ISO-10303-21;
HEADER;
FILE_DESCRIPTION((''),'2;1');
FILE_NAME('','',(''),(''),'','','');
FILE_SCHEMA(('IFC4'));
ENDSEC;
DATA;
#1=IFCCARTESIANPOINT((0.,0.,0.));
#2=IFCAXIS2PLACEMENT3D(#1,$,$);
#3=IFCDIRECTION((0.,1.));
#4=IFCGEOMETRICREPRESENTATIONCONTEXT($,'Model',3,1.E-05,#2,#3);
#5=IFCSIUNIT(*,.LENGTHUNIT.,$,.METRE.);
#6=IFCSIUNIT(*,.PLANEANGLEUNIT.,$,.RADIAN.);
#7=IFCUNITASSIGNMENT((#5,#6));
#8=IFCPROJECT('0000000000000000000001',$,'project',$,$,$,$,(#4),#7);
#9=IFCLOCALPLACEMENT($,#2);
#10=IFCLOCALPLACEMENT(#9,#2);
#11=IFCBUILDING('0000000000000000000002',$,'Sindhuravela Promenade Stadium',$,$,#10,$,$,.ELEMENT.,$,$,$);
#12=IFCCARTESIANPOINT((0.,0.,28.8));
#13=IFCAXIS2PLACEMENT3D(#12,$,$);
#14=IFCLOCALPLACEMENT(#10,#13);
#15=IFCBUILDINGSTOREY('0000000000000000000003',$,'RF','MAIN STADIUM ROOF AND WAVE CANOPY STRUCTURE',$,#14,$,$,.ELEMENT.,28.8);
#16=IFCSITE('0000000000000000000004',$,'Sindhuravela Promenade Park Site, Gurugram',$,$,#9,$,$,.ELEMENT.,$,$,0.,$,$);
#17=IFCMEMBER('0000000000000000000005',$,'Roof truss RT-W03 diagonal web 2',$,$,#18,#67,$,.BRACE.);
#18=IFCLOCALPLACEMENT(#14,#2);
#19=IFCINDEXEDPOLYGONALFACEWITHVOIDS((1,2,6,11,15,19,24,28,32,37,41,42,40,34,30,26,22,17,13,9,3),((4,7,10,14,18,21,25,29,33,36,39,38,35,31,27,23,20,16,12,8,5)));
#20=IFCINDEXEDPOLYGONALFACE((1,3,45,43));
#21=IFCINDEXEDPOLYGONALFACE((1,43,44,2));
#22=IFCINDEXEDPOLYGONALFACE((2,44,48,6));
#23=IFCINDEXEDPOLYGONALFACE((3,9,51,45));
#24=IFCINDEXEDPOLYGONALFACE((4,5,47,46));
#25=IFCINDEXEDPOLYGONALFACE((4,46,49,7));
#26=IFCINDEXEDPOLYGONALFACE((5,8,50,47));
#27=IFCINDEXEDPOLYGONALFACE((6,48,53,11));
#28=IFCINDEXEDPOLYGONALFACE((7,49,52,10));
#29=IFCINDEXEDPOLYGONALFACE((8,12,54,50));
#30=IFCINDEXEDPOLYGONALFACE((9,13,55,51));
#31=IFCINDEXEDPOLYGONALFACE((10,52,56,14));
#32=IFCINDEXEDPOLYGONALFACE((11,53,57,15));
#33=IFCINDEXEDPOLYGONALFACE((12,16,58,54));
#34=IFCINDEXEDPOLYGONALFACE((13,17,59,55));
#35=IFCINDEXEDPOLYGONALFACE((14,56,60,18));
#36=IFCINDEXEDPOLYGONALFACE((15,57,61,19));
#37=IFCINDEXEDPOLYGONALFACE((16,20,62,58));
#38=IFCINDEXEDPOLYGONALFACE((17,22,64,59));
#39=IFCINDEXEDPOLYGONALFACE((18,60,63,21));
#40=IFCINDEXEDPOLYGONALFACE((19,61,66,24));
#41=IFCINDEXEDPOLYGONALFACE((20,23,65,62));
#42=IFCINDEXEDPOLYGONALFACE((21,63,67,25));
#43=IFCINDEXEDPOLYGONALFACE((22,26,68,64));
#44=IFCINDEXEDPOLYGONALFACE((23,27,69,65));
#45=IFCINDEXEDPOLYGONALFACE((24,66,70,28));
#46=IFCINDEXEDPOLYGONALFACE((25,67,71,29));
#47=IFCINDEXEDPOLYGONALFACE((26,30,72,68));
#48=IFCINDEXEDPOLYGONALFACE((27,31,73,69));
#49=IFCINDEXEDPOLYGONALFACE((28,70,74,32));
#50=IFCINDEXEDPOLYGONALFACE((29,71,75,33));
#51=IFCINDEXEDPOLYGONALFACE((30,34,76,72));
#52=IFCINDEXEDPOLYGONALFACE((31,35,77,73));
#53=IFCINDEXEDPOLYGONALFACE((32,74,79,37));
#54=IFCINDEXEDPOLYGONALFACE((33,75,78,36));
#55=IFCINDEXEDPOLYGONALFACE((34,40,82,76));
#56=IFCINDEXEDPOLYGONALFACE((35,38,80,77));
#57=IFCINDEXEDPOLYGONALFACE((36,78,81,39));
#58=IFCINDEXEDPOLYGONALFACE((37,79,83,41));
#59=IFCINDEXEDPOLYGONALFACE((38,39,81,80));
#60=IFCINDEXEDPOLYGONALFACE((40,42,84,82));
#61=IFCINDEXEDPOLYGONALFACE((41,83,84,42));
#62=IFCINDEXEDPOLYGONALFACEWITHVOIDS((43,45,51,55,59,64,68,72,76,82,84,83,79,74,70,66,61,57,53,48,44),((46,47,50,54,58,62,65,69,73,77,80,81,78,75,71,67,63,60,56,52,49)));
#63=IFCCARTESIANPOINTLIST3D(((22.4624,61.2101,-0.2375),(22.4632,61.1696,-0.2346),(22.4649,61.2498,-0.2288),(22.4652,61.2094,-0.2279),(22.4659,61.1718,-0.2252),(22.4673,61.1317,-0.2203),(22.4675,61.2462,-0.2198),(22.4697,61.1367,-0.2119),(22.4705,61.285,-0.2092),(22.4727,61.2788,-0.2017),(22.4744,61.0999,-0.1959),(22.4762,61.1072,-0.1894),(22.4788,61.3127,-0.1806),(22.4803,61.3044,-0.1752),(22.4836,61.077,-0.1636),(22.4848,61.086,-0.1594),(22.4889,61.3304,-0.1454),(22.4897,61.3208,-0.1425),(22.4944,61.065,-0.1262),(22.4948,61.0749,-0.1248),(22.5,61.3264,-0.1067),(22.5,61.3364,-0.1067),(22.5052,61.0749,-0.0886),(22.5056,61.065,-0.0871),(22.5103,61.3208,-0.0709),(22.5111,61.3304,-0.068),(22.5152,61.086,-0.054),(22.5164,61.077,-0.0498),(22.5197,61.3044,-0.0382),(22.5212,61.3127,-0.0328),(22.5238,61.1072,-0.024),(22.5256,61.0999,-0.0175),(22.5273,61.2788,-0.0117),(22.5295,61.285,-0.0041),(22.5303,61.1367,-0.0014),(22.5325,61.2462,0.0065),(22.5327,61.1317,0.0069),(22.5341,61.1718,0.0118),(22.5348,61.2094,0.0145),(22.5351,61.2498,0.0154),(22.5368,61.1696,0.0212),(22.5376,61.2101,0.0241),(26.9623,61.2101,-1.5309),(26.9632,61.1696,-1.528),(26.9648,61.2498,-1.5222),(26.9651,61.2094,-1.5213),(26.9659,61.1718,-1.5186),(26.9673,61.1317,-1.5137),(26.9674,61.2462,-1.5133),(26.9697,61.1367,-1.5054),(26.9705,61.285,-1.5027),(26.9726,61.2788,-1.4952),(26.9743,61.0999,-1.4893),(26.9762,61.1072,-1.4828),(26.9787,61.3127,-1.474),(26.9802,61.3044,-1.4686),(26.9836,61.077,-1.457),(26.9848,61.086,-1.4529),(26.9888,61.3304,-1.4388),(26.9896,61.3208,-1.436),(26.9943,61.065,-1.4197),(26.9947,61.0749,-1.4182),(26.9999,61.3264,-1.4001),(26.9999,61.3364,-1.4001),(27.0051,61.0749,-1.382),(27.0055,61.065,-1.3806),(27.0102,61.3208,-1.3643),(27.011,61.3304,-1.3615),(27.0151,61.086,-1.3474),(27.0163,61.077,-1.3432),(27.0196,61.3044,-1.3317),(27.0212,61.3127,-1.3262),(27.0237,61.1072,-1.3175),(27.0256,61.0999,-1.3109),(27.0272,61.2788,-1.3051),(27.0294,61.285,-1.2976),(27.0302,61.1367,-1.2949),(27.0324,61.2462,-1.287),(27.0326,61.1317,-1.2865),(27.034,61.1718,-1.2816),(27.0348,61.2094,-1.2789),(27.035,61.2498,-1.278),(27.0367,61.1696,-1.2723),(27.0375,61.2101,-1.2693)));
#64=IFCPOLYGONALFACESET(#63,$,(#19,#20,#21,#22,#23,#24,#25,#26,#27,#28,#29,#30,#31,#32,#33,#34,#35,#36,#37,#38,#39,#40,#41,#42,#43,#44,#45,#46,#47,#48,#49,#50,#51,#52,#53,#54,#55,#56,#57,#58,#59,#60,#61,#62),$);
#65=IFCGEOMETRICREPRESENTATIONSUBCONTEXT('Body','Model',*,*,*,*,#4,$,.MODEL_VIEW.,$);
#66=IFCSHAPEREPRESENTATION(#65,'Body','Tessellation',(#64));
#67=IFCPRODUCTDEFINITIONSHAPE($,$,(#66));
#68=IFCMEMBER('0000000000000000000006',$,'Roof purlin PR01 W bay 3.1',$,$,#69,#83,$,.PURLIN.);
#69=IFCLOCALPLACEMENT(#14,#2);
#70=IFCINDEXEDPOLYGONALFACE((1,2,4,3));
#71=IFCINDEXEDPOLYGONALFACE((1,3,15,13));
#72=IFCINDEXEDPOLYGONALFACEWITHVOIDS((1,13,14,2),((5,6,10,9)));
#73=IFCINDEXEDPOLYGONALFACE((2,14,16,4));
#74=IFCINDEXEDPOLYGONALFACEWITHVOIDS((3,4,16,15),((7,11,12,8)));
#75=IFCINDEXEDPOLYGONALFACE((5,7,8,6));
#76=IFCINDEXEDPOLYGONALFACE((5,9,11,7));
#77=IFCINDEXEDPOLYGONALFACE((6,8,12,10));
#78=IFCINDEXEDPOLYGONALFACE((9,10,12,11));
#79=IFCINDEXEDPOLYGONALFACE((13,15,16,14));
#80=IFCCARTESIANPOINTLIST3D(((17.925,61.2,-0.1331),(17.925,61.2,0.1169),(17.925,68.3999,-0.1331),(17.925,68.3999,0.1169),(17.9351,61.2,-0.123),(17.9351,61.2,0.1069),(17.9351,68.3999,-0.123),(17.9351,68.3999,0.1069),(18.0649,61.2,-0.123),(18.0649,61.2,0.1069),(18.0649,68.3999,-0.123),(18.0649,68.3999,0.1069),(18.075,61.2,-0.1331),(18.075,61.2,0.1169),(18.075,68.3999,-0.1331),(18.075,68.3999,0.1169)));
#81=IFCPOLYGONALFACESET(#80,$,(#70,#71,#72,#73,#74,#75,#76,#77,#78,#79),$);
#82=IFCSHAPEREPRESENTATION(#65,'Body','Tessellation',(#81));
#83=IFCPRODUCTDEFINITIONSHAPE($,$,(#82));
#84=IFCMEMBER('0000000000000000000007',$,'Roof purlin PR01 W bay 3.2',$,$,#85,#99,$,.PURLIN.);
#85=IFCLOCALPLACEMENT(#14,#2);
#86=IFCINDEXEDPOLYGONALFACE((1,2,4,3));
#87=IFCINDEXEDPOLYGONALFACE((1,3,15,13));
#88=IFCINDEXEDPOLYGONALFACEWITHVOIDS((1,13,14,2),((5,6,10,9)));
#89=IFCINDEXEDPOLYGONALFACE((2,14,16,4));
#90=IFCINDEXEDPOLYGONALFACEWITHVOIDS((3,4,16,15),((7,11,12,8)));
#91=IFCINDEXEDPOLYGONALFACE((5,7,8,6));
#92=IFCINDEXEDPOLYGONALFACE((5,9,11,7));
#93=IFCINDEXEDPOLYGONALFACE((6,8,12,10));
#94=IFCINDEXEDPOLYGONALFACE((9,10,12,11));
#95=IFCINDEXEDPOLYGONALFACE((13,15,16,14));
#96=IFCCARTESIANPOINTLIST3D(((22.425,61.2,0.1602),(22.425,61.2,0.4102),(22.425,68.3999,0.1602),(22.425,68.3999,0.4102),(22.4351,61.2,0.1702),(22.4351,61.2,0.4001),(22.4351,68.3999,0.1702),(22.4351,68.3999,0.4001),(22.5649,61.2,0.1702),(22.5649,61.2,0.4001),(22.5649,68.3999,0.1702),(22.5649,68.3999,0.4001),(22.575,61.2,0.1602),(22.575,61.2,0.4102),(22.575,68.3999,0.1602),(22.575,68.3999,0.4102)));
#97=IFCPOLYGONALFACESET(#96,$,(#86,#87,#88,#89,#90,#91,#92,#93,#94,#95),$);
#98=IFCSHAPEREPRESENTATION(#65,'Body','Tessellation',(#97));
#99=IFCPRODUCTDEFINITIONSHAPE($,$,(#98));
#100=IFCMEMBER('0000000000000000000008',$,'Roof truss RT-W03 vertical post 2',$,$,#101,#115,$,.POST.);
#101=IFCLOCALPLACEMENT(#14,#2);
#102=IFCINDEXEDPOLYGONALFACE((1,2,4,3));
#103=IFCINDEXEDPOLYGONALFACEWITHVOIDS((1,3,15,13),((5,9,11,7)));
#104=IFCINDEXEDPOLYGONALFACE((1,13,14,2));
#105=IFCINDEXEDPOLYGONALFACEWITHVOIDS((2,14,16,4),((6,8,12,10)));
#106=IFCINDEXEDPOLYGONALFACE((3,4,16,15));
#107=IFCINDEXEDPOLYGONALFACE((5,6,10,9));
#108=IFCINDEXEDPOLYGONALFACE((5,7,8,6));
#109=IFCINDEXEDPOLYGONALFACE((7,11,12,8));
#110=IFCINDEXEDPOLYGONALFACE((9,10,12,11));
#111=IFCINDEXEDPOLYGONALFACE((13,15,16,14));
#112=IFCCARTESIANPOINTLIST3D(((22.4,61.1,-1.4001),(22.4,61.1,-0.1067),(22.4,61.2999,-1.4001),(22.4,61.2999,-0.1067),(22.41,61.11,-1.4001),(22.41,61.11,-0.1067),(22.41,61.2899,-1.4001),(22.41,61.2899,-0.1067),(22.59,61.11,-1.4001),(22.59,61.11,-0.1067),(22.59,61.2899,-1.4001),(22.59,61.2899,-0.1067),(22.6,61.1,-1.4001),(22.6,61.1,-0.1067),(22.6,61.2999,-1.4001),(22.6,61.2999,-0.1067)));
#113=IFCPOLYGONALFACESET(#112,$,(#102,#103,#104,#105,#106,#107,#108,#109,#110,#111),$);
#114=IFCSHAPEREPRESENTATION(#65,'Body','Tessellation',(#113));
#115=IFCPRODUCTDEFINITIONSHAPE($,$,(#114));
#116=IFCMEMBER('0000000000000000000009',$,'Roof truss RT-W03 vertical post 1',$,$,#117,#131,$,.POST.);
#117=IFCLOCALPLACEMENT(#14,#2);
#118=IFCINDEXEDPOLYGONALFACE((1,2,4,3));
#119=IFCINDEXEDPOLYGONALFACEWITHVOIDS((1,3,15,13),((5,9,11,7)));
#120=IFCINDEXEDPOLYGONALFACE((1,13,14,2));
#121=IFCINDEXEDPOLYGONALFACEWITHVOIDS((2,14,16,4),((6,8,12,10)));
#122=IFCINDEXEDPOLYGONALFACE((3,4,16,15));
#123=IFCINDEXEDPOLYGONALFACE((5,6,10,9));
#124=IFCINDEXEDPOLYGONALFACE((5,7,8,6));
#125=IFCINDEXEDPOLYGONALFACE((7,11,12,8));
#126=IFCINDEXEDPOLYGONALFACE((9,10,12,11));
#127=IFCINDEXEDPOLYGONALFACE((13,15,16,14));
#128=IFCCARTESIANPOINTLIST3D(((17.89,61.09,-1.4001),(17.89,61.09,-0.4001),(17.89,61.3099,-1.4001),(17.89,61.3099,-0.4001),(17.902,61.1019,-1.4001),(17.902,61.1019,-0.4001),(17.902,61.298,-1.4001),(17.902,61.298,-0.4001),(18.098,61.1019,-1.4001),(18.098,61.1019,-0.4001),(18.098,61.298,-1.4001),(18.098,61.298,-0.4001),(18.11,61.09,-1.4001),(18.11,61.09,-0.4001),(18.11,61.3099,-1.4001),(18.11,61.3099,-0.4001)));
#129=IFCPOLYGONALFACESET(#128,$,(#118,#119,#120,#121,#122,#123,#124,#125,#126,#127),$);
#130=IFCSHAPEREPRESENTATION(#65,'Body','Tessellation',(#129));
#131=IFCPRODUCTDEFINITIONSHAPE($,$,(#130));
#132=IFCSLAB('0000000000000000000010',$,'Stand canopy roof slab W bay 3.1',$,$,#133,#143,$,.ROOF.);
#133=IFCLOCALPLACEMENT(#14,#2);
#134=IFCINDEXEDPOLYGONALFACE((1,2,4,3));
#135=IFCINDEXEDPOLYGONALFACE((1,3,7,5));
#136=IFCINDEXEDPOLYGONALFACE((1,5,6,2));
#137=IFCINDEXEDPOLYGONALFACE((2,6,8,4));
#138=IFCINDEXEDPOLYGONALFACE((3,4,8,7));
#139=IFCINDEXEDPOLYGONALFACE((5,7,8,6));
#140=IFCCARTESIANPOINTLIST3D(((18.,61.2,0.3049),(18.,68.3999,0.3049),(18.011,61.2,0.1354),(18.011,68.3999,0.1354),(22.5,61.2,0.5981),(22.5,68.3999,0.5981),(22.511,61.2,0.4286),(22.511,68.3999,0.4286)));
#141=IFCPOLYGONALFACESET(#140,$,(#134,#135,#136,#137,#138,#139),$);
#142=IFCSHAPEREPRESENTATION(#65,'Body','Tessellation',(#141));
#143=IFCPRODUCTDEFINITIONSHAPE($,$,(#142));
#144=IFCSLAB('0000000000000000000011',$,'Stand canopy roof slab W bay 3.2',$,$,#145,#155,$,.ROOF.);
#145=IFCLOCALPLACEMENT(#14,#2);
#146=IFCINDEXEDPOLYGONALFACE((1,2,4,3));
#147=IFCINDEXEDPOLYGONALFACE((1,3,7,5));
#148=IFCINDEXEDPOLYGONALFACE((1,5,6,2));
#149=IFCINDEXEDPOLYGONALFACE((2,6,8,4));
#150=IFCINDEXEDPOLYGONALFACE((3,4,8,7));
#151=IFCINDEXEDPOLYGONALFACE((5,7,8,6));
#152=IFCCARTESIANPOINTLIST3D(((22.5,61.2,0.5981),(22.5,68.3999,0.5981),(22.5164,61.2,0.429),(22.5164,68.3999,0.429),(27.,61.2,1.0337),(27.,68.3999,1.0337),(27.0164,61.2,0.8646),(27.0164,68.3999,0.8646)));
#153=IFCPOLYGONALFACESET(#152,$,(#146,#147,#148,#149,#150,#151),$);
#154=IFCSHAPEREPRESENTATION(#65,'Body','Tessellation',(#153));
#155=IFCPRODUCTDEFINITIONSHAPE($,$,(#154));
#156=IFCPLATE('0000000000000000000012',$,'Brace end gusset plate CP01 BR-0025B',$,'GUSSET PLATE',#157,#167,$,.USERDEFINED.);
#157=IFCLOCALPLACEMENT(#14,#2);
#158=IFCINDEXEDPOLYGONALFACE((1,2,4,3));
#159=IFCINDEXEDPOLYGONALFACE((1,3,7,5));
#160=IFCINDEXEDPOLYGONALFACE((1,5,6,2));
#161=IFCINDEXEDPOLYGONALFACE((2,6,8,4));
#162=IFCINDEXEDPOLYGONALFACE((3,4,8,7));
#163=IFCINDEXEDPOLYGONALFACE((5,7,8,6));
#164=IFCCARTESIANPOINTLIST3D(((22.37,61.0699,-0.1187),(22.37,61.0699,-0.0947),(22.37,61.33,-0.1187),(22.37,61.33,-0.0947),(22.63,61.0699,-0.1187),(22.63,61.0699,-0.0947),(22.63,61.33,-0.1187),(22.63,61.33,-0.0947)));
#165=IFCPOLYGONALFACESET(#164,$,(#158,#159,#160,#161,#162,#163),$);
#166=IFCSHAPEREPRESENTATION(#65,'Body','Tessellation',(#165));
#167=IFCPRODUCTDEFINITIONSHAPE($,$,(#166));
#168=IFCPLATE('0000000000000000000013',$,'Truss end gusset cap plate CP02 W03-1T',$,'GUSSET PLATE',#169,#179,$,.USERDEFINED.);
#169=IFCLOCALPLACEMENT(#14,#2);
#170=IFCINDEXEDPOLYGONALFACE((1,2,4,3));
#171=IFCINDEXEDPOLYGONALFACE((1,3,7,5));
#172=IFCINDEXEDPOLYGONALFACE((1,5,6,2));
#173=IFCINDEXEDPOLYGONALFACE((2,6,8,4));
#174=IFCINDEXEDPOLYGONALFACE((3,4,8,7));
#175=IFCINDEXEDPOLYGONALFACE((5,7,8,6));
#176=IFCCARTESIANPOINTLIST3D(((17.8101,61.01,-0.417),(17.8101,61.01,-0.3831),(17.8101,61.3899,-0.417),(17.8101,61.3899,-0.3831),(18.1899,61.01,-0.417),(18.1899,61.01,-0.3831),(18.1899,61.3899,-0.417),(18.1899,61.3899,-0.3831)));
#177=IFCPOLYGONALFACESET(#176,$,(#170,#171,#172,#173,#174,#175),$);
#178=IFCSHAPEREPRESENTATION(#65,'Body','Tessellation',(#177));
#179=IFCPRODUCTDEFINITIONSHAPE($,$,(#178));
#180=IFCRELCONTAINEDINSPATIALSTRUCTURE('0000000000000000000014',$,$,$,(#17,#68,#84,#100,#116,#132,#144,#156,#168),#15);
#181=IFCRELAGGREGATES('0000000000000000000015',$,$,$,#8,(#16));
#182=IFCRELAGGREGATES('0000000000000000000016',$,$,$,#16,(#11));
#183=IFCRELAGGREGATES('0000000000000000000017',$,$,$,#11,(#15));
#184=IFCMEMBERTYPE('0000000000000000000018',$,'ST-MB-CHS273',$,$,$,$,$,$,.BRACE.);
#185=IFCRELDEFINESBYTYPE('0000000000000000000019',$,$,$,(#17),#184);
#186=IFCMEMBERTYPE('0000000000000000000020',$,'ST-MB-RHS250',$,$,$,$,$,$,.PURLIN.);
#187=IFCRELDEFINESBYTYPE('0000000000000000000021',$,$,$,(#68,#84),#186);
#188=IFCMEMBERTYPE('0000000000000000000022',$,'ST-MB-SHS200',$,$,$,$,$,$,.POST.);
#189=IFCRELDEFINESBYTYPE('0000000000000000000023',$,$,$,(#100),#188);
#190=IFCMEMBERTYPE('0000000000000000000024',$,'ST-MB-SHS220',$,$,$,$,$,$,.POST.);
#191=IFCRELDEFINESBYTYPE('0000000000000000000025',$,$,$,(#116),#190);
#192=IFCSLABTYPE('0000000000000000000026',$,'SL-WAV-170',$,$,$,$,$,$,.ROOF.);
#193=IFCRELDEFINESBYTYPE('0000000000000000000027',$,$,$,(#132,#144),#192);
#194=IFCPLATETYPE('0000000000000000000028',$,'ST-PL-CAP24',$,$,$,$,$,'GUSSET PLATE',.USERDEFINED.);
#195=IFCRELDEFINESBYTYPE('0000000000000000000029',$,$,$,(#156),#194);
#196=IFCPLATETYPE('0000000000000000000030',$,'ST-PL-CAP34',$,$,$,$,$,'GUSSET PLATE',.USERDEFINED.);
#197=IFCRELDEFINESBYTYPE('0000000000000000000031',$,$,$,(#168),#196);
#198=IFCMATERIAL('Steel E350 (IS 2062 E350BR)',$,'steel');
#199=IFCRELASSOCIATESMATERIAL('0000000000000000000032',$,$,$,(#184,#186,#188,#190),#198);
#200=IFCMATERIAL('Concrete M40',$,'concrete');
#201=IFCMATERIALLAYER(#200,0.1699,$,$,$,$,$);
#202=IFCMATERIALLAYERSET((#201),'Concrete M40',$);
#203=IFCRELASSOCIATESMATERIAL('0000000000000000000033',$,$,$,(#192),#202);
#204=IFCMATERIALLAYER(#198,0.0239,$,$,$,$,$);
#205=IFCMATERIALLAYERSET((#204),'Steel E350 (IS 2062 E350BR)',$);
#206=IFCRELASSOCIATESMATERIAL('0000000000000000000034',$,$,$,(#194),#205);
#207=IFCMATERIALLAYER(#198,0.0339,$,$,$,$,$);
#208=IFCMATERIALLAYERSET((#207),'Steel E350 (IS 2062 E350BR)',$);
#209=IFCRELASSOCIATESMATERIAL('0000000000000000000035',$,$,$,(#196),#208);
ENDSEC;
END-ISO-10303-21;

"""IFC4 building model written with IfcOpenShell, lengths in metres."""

from ifc_helpers import new_model, si_unit, direction, frame, origin, origin_2d, place, context, subcontext, project, spatial, polyline, rectangle, hollow_rectangle, hollow_circle, outline, extrude, material, layer, layer_set, material_profile, profile_set, type_object, element, save


model = new_model("IFC4")

# Units and contexts
model_context = context("Model", 3, precision=1e-05, world=origin(), true_north=direction((0.0, 1.0)))
body_context = subcontext(model_context, "Body", "Model", "MODEL_VIEW")
ifc_project = project(units=[si_unit("LENGTHUNIT", "METRE"), si_unit("PLANEANGLEUNIT", "RADIAN")], contexts=[model_context])

# Site, building, storey
site_placement = place(None, origin())
site = spatial("IfcSite", under=ifc_project, at=site_placement, Name="Sindhuravela Promenade Park Site, Gurugram", CompositionType="ELEMENT", RefElevation=0.0)
building_placement = place(site_placement, origin())
building = spatial("IfcBuilding", under=site, at=building_placement, Name="Sindhuravela Promenade Stadium", CompositionType="ELEMENT")
storey_placement = place(building_placement, frame((0.0, 0.0, 28.8)))
storey = spatial("IfcBuildingStorey", under=building, at=storey_placement, Name="RF", Description="MAIN STADIUM ROOF AND WAVE CANOPY STRUCTURE", CompositionType="ELEMENT", Elevation=28.8)

# Shared definitions
ifc_material_1 = material(Name="Concrete M40", Category="concrete")
ifc_material_2 = material(Name="Steel E350 (IS 2062 E350BR)", Category="steel")

# Members
ifc_material_profile_1 = material_profile(ifc_material_2, hollow_circle(Radius=0.1365, WallThickness=0.01, at=origin_2d()), Name="CHS 273.0x10")
ifc_profile_set_1 = profile_set([ifc_material_profile_1], Name="Steel E350 (IS 2062 E350BR)")
member_type_1 = type_object("IfcMemberType", Name="ST-MB-CHS273", PredefinedType="BRACE", material=ifc_profile_set_1)
for number, where, z_axis, x_axis, name in (
    (1, (22.5, 61.2, -0.1067), (0.961086, 0.0, -0.27625), (0.0, 1.0, 0.0), "Roof truss RT-W03 diagonal web 2"),
):
    element("IfcMember", number, at=place(storey_placement, frame(where, z_axis=z_axis, x_axis=x_axis)), inside=storey, type_object=member_type_1, Name=name, PredefinedType="BRACE", context=body_context, shape_type="SweptSolid", body=[
        extrude(hollow_circle(Radius=0.1365, WallThickness=0.01, at=origin_2d()), origin(), (0.0, 0.0, 1.0), 4.6821),
    ])
ifc_material_profile_2 = material_profile(ifc_material_2, hollow_rectangle(XDim=0.1499, YDim=0.25, WallThickness=0.01, at=origin_2d()), Name="RHS 250x150x10")
ifc_profile_set_2 = profile_set([ifc_material_profile_2], Name="Steel E350 (IS 2062 E350BR)")
member_type_2 = type_object("IfcMemberType", Name="ST-MB-RHS250", PredefinedType="PURLIN", material=ifc_profile_set_2)
for number, where, z_axis, x_axis, name in (
    (2, (18.0, 61.2, -0.0081), (0.0, 1.0, 0.0), (-1.0, 0.0, 0.0), "Roof purlin PR01 W bay 3.1"),
    (3, (22.5, 61.2, 0.2852), (0.0, 1.0, 0.0), (-1.0, 0.0, 0.0), "Roof purlin PR01 W bay 3.2"),
):
    element("IfcMember", number, at=place(storey_placement, frame(where, z_axis=z_axis, x_axis=x_axis)), inside=storey, type_object=member_type_2, Name=name, PredefinedType="PURLIN", context=body_context, shape_type="SweptSolid", body=[
        extrude(hollow_rectangle(XDim=0.1499, YDim=0.25, WallThickness=0.01, at=origin_2d()), origin(), (0.0, 0.0, 1.0), 7.2),
    ])
ifc_material_profile_3 = material_profile(ifc_material_2, hollow_rectangle(XDim=0.2, YDim=0.2, WallThickness=0.01, at=origin_2d()), Name="SHS 200x200x10")
ifc_profile_set_3 = profile_set([ifc_material_profile_3], Name="Steel E350 (IS 2062 E350BR)")
member_type_3 = type_object("IfcMemberType", Name="ST-MB-SHS200", PredefinedType="POST", material=ifc_profile_set_3)
member_1_placement = place(storey_placement, frame((22.5, 61.2, -1.4001), z_axis=(0.0, 0.0, 1.0), x_axis=(1.0, 0.0, 0.0)))
element("IfcMember", 4, at=member_1_placement, inside=storey, type_object=member_type_3, Name="Roof truss RT-W03 vertical post 2", PredefinedType="POST", context=body_context, shape_type="SweptSolid", body=[
    extrude(hollow_rectangle(XDim=0.2, YDim=0.2, WallThickness=0.01, at=origin_2d()), origin(), (0.0, 0.0, 1.0), 1.2935),
])
ifc_material_profile_4 = material_profile(ifc_material_2, hollow_rectangle(XDim=0.22, YDim=0.22, WallThickness=0.012, at=origin_2d()), Name="SHS 220x220x12")
ifc_profile_set_4 = profile_set([ifc_material_profile_4], Name="Steel E350 (IS 2062 E350BR)")
member_type_4 = type_object("IfcMemberType", Name="ST-MB-SHS220", PredefinedType="POST", material=ifc_profile_set_4)
member_2_placement = place(storey_placement, frame((18.0, 61.2, -1.4001), z_axis=(0.0, 0.0, 1.0), x_axis=(1.0, 0.0, 0.0)))
element("IfcMember", 5, at=member_2_placement, inside=storey, type_object=member_type_4, Name="Roof truss RT-W03 vertical post 1", PredefinedType="POST", context=body_context, shape_type="SweptSolid", body=[
    extrude(hollow_rectangle(XDim=0.22, YDim=0.22, WallThickness=0.012, at=origin_2d()), origin(), (0.0, 0.0, 1.0), 1.0),
])

# Slabs
ifc_layer_1 = layer(ifc_material_1, 0.1699)
ifc_layer_set_1 = layer_set([ifc_layer_1], Name="Concrete M40")
slab_type = type_object("IfcSlabType", Name="SL-WAV-170", PredefinedType="ROOF", material=ifc_layer_set_1)
slab_1_placement = place(storey_placement, frame((18.0, 61.2, 0.3049), z_axis=(-0.065021, 0.0, 0.997884), x_axis=(0.0, 1.0, 0.0)))
element("IfcSlab", 6, at=slab_1_placement, inside=storey, type_object=slab_type, Name="Stand canopy roof slab W bay 3.1", PredefinedType="ROOF", context=body_context, shape_type="SweptSolid", body=[
    extrude(outline(polyline([(0.0, 0.0), (0.0, -4.5095), (7.2, -4.5095), (7.2, 0.0), (0.0, 0.0)])), origin(), (0.0, 0.0, -1.0), 0.1699),
])
slab_2_placement = place(storey_placement, frame((22.5, 61.2, 0.5981), z_axis=(-0.096338, 0.0, 0.995349), x_axis=(0.0, 1.0, 0.0)))
element("IfcSlab", 7, at=slab_2_placement, inside=storey, type_object=slab_type, Name="Stand canopy roof slab W bay 3.2", PredefinedType="ROOF", context=body_context, shape_type="SweptSolid", body=[
    extrude(outline(polyline([(0.0, 0.0), (0.0, -4.521), (7.2, -4.521), (7.2, 0.0), (0.0, 0.0)])), origin(), (0.0, 0.0, -1.0), 0.1699),
])

# Plates
ifc_layer_2 = layer(ifc_material_2, 0.0239)
ifc_layer_set_2 = layer_set([ifc_layer_2], Name="Steel E350 (IS 2062 E350BR)")
plate_type_1 = type_object("IfcPlateType", Name="ST-PL-CAP24", ElementType="GUSSET PLATE", PredefinedType="USERDEFINED", material=ifc_layer_set_2)
plate_placement = place(storey_placement, frame((22.5, 61.2, -0.1187), z_axis=(0.0, 0.0, 1.0), x_axis=(1.0, 0.0, 0.0)))
element("IfcPlate", 8, at=plate_placement, inside=storey, type_object=plate_type_1, Name="Brace end gusset plate CP01 BR-0025B", ObjectType="GUSSET PLATE", PredefinedType="USERDEFINED", context=body_context, shape_type="SweptSolid", body=[
    extrude(rectangle(XDim=0.26, YDim=0.26, at=origin_2d()), origin(), (0.0, 0.0, 1.0), 0.0239),
])
ifc_layer_3 = layer(ifc_material_2, 0.0339)
ifc_layer_set_3 = layer_set([ifc_layer_3], Name="Steel E350 (IS 2062 E350BR)")
plate_type_2 = type_object("IfcPlateType", Name="ST-PL-CAP34", ElementType="GUSSET PLATE", PredefinedType="USERDEFINED", material=ifc_layer_set_3)
for number, where, z_axis, x_axis, name in (
    (9, (18.0, 61.2, -0.417), (0.0, 0.0, 1.0), (1.0, 0.0, 0.0), "Truss end gusset cap plate CP02 W03-1T"),
):
    element("IfcPlate", number, at=place(storey_placement, frame(where, z_axis=z_axis, x_axis=x_axis)), inside=storey, type_object=plate_type_2, Name=name, ObjectType="GUSSET PLATE", PredefinedType="USERDEFINED", context=body_context, shape_type="SweptSolid", body=[
        extrude(rectangle(XDim=0.3799, YDim=0.3799, at=origin_2d()), origin(), (0.0, 0.0, 1.0), 0.0339),
    ])

save(model, "model.ifc")
